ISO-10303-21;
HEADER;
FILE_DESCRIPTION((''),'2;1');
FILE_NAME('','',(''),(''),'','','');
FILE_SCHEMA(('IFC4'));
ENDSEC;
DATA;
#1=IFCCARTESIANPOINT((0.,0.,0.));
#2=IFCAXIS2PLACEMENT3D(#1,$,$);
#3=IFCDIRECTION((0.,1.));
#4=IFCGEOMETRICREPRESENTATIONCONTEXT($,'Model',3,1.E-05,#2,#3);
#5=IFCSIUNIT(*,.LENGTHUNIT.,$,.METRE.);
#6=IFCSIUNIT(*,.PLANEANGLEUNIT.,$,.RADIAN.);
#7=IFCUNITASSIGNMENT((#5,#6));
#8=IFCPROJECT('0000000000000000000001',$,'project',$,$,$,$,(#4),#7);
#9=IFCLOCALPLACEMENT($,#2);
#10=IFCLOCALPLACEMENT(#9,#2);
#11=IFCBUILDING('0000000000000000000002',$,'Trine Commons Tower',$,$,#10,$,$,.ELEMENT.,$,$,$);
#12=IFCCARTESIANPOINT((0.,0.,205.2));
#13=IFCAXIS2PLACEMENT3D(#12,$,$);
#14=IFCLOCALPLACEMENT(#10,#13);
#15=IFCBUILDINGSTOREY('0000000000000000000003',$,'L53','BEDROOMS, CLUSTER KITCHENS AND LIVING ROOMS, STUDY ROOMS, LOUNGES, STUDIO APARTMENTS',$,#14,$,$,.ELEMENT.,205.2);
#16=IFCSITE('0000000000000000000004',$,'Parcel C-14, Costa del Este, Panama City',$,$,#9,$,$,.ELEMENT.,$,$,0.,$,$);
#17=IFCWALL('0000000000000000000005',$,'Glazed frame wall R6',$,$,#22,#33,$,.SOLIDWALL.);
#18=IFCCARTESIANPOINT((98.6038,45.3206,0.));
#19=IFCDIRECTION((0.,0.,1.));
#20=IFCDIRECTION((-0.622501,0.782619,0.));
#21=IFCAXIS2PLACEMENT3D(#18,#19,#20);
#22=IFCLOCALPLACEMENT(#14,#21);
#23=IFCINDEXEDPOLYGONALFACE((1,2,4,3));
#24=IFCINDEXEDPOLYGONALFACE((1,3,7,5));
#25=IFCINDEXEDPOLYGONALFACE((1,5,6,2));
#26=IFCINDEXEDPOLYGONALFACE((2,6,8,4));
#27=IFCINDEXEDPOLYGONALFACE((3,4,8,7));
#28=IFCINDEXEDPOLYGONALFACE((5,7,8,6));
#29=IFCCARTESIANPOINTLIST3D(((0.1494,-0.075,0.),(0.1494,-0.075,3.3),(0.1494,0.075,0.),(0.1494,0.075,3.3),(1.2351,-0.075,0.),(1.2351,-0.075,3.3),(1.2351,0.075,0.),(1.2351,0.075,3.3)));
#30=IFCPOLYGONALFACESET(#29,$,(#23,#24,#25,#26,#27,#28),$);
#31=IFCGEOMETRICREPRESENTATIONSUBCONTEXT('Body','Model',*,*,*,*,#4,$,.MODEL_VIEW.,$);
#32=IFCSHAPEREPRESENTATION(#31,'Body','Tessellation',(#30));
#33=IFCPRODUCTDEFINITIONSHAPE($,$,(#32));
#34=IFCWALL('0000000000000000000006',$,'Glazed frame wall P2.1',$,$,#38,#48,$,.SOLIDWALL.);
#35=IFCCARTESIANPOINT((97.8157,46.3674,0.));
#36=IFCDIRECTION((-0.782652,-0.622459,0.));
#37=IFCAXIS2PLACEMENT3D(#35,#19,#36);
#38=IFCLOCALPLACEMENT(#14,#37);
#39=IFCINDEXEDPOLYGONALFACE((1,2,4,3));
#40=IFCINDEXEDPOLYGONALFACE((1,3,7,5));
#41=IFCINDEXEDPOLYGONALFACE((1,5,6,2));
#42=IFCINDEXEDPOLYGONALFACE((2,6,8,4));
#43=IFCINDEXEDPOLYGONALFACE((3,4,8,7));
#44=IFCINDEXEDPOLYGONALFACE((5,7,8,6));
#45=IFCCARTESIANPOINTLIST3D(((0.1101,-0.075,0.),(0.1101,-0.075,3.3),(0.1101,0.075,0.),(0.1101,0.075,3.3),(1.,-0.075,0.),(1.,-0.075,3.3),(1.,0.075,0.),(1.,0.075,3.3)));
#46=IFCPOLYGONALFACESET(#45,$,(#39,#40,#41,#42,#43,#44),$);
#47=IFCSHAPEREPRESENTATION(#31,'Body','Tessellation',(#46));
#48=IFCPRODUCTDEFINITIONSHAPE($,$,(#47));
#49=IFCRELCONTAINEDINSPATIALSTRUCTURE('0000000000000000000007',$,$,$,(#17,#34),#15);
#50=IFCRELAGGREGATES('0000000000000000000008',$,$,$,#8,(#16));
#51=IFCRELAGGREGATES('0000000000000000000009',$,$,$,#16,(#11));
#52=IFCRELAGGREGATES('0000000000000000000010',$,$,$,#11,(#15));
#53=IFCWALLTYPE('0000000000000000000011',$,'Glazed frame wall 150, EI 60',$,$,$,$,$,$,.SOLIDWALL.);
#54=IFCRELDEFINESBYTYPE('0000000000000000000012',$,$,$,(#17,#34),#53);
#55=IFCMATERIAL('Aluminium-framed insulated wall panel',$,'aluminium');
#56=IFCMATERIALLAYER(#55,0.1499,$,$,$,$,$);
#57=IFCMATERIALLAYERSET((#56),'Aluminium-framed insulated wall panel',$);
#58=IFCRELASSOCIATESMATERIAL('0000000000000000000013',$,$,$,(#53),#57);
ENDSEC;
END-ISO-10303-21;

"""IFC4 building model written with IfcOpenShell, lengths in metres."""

from ifc_helpers import new_model, si_unit, direction, frame, origin, place, context, subcontext, project, spatial, polyline, outline, extrude, material, layer, layer_set, type_object, element, save


model = new_model("IFC4")

# Units and contexts
model_context = context("Model", 3, precision=1e-05, world=origin(), true_north=direction((0.0, 1.0)))
body_context = subcontext(model_context, "Body", "Model", "MODEL_VIEW")
ifc_project = project(units=[si_unit("LENGTHUNIT", "METRE"), si_unit("PLANEANGLEUNIT", "RADIAN")], contexts=[model_context])

# Site, building, storey
site_placement = place(None, origin())
site = spatial("IfcSite", under=ifc_project, at=site_placement, Name="Parcel C-14, Costa del Este, Panama City", CompositionType="ELEMENT", RefElevation=0.0)
building_placement = place(site_placement, origin())
building = spatial("IfcBuilding", under=site, at=building_placement, Name="Trine Commons Tower", CompositionType="ELEMENT")
storey_placement = place(building_placement, frame((0.0, 0.0, 205.2)))
storey = spatial("IfcBuildingStorey", under=building, at=storey_placement, Name="L53", Description="BEDROOMS, CLUSTER KITCHENS AND LIVING ROOMS, STUDY ROOMS, LOUNGES, STUDIO APARTMENTS", CompositionType="ELEMENT", Elevation=205.2)

# Walls
ifc_material_1 = material(Name="Aluminium-framed insulated wall panel", Category="aluminium")
ifc_layer_1 = layer(ifc_material_1, 0.1499)
ifc_layer_set_1 = layer_set([ifc_layer_1], Name="Aluminium-framed insulated wall panel")
wall_type_1 = type_object("IfcWallType", Name="Glazed frame wall 150, EI 60", PredefinedType="SOLIDWALL", material=ifc_layer_set_1)
wall_1_placement = place(storey_placement, frame((98.6038, 45.3206, 0.0), z_axis=(0.0, 0.0, 1.0), x_axis=(-0.622501, 0.782619, 0.0)))
element("IfcWall", 1, at=wall_1_placement, inside=storey, type_object=wall_type_1, Name="Glazed frame wall R6", PredefinedType="SOLIDWALL", context=body_context, shape_type="SweptSolid", body=[
    extrude(outline(polyline([(0.1494, 0.075), (0.1494, -0.075), (1.2351, -0.075), (1.2351, 0.075), (0.1494, 0.075)])), origin(), (0.0, 0.0, 1.0), 3.3),
])
wall_2_placement = place(storey_placement, frame((97.8157, 46.3674, 0.0), z_axis=(0.0, 0.0, 1.0), x_axis=(-0.782652, -0.622459, 0.0)))
element("IfcWall", 2, at=wall_2_placement, inside=storey, type_object=wall_type_1, Name="Glazed frame wall P2.1", PredefinedType="SOLIDWALL", context=body_context, shape_type="SweptSolid", body=[
    extrude(outline(polyline([(0.1101, -0.075), (1.0, -0.075), (1.0, 0.075), (0.1101, 0.075), (0.1101, -0.075)])), origin(), (0.0, 0.0, 1.0), 3.3),
])

save(model, "model.ifc")
